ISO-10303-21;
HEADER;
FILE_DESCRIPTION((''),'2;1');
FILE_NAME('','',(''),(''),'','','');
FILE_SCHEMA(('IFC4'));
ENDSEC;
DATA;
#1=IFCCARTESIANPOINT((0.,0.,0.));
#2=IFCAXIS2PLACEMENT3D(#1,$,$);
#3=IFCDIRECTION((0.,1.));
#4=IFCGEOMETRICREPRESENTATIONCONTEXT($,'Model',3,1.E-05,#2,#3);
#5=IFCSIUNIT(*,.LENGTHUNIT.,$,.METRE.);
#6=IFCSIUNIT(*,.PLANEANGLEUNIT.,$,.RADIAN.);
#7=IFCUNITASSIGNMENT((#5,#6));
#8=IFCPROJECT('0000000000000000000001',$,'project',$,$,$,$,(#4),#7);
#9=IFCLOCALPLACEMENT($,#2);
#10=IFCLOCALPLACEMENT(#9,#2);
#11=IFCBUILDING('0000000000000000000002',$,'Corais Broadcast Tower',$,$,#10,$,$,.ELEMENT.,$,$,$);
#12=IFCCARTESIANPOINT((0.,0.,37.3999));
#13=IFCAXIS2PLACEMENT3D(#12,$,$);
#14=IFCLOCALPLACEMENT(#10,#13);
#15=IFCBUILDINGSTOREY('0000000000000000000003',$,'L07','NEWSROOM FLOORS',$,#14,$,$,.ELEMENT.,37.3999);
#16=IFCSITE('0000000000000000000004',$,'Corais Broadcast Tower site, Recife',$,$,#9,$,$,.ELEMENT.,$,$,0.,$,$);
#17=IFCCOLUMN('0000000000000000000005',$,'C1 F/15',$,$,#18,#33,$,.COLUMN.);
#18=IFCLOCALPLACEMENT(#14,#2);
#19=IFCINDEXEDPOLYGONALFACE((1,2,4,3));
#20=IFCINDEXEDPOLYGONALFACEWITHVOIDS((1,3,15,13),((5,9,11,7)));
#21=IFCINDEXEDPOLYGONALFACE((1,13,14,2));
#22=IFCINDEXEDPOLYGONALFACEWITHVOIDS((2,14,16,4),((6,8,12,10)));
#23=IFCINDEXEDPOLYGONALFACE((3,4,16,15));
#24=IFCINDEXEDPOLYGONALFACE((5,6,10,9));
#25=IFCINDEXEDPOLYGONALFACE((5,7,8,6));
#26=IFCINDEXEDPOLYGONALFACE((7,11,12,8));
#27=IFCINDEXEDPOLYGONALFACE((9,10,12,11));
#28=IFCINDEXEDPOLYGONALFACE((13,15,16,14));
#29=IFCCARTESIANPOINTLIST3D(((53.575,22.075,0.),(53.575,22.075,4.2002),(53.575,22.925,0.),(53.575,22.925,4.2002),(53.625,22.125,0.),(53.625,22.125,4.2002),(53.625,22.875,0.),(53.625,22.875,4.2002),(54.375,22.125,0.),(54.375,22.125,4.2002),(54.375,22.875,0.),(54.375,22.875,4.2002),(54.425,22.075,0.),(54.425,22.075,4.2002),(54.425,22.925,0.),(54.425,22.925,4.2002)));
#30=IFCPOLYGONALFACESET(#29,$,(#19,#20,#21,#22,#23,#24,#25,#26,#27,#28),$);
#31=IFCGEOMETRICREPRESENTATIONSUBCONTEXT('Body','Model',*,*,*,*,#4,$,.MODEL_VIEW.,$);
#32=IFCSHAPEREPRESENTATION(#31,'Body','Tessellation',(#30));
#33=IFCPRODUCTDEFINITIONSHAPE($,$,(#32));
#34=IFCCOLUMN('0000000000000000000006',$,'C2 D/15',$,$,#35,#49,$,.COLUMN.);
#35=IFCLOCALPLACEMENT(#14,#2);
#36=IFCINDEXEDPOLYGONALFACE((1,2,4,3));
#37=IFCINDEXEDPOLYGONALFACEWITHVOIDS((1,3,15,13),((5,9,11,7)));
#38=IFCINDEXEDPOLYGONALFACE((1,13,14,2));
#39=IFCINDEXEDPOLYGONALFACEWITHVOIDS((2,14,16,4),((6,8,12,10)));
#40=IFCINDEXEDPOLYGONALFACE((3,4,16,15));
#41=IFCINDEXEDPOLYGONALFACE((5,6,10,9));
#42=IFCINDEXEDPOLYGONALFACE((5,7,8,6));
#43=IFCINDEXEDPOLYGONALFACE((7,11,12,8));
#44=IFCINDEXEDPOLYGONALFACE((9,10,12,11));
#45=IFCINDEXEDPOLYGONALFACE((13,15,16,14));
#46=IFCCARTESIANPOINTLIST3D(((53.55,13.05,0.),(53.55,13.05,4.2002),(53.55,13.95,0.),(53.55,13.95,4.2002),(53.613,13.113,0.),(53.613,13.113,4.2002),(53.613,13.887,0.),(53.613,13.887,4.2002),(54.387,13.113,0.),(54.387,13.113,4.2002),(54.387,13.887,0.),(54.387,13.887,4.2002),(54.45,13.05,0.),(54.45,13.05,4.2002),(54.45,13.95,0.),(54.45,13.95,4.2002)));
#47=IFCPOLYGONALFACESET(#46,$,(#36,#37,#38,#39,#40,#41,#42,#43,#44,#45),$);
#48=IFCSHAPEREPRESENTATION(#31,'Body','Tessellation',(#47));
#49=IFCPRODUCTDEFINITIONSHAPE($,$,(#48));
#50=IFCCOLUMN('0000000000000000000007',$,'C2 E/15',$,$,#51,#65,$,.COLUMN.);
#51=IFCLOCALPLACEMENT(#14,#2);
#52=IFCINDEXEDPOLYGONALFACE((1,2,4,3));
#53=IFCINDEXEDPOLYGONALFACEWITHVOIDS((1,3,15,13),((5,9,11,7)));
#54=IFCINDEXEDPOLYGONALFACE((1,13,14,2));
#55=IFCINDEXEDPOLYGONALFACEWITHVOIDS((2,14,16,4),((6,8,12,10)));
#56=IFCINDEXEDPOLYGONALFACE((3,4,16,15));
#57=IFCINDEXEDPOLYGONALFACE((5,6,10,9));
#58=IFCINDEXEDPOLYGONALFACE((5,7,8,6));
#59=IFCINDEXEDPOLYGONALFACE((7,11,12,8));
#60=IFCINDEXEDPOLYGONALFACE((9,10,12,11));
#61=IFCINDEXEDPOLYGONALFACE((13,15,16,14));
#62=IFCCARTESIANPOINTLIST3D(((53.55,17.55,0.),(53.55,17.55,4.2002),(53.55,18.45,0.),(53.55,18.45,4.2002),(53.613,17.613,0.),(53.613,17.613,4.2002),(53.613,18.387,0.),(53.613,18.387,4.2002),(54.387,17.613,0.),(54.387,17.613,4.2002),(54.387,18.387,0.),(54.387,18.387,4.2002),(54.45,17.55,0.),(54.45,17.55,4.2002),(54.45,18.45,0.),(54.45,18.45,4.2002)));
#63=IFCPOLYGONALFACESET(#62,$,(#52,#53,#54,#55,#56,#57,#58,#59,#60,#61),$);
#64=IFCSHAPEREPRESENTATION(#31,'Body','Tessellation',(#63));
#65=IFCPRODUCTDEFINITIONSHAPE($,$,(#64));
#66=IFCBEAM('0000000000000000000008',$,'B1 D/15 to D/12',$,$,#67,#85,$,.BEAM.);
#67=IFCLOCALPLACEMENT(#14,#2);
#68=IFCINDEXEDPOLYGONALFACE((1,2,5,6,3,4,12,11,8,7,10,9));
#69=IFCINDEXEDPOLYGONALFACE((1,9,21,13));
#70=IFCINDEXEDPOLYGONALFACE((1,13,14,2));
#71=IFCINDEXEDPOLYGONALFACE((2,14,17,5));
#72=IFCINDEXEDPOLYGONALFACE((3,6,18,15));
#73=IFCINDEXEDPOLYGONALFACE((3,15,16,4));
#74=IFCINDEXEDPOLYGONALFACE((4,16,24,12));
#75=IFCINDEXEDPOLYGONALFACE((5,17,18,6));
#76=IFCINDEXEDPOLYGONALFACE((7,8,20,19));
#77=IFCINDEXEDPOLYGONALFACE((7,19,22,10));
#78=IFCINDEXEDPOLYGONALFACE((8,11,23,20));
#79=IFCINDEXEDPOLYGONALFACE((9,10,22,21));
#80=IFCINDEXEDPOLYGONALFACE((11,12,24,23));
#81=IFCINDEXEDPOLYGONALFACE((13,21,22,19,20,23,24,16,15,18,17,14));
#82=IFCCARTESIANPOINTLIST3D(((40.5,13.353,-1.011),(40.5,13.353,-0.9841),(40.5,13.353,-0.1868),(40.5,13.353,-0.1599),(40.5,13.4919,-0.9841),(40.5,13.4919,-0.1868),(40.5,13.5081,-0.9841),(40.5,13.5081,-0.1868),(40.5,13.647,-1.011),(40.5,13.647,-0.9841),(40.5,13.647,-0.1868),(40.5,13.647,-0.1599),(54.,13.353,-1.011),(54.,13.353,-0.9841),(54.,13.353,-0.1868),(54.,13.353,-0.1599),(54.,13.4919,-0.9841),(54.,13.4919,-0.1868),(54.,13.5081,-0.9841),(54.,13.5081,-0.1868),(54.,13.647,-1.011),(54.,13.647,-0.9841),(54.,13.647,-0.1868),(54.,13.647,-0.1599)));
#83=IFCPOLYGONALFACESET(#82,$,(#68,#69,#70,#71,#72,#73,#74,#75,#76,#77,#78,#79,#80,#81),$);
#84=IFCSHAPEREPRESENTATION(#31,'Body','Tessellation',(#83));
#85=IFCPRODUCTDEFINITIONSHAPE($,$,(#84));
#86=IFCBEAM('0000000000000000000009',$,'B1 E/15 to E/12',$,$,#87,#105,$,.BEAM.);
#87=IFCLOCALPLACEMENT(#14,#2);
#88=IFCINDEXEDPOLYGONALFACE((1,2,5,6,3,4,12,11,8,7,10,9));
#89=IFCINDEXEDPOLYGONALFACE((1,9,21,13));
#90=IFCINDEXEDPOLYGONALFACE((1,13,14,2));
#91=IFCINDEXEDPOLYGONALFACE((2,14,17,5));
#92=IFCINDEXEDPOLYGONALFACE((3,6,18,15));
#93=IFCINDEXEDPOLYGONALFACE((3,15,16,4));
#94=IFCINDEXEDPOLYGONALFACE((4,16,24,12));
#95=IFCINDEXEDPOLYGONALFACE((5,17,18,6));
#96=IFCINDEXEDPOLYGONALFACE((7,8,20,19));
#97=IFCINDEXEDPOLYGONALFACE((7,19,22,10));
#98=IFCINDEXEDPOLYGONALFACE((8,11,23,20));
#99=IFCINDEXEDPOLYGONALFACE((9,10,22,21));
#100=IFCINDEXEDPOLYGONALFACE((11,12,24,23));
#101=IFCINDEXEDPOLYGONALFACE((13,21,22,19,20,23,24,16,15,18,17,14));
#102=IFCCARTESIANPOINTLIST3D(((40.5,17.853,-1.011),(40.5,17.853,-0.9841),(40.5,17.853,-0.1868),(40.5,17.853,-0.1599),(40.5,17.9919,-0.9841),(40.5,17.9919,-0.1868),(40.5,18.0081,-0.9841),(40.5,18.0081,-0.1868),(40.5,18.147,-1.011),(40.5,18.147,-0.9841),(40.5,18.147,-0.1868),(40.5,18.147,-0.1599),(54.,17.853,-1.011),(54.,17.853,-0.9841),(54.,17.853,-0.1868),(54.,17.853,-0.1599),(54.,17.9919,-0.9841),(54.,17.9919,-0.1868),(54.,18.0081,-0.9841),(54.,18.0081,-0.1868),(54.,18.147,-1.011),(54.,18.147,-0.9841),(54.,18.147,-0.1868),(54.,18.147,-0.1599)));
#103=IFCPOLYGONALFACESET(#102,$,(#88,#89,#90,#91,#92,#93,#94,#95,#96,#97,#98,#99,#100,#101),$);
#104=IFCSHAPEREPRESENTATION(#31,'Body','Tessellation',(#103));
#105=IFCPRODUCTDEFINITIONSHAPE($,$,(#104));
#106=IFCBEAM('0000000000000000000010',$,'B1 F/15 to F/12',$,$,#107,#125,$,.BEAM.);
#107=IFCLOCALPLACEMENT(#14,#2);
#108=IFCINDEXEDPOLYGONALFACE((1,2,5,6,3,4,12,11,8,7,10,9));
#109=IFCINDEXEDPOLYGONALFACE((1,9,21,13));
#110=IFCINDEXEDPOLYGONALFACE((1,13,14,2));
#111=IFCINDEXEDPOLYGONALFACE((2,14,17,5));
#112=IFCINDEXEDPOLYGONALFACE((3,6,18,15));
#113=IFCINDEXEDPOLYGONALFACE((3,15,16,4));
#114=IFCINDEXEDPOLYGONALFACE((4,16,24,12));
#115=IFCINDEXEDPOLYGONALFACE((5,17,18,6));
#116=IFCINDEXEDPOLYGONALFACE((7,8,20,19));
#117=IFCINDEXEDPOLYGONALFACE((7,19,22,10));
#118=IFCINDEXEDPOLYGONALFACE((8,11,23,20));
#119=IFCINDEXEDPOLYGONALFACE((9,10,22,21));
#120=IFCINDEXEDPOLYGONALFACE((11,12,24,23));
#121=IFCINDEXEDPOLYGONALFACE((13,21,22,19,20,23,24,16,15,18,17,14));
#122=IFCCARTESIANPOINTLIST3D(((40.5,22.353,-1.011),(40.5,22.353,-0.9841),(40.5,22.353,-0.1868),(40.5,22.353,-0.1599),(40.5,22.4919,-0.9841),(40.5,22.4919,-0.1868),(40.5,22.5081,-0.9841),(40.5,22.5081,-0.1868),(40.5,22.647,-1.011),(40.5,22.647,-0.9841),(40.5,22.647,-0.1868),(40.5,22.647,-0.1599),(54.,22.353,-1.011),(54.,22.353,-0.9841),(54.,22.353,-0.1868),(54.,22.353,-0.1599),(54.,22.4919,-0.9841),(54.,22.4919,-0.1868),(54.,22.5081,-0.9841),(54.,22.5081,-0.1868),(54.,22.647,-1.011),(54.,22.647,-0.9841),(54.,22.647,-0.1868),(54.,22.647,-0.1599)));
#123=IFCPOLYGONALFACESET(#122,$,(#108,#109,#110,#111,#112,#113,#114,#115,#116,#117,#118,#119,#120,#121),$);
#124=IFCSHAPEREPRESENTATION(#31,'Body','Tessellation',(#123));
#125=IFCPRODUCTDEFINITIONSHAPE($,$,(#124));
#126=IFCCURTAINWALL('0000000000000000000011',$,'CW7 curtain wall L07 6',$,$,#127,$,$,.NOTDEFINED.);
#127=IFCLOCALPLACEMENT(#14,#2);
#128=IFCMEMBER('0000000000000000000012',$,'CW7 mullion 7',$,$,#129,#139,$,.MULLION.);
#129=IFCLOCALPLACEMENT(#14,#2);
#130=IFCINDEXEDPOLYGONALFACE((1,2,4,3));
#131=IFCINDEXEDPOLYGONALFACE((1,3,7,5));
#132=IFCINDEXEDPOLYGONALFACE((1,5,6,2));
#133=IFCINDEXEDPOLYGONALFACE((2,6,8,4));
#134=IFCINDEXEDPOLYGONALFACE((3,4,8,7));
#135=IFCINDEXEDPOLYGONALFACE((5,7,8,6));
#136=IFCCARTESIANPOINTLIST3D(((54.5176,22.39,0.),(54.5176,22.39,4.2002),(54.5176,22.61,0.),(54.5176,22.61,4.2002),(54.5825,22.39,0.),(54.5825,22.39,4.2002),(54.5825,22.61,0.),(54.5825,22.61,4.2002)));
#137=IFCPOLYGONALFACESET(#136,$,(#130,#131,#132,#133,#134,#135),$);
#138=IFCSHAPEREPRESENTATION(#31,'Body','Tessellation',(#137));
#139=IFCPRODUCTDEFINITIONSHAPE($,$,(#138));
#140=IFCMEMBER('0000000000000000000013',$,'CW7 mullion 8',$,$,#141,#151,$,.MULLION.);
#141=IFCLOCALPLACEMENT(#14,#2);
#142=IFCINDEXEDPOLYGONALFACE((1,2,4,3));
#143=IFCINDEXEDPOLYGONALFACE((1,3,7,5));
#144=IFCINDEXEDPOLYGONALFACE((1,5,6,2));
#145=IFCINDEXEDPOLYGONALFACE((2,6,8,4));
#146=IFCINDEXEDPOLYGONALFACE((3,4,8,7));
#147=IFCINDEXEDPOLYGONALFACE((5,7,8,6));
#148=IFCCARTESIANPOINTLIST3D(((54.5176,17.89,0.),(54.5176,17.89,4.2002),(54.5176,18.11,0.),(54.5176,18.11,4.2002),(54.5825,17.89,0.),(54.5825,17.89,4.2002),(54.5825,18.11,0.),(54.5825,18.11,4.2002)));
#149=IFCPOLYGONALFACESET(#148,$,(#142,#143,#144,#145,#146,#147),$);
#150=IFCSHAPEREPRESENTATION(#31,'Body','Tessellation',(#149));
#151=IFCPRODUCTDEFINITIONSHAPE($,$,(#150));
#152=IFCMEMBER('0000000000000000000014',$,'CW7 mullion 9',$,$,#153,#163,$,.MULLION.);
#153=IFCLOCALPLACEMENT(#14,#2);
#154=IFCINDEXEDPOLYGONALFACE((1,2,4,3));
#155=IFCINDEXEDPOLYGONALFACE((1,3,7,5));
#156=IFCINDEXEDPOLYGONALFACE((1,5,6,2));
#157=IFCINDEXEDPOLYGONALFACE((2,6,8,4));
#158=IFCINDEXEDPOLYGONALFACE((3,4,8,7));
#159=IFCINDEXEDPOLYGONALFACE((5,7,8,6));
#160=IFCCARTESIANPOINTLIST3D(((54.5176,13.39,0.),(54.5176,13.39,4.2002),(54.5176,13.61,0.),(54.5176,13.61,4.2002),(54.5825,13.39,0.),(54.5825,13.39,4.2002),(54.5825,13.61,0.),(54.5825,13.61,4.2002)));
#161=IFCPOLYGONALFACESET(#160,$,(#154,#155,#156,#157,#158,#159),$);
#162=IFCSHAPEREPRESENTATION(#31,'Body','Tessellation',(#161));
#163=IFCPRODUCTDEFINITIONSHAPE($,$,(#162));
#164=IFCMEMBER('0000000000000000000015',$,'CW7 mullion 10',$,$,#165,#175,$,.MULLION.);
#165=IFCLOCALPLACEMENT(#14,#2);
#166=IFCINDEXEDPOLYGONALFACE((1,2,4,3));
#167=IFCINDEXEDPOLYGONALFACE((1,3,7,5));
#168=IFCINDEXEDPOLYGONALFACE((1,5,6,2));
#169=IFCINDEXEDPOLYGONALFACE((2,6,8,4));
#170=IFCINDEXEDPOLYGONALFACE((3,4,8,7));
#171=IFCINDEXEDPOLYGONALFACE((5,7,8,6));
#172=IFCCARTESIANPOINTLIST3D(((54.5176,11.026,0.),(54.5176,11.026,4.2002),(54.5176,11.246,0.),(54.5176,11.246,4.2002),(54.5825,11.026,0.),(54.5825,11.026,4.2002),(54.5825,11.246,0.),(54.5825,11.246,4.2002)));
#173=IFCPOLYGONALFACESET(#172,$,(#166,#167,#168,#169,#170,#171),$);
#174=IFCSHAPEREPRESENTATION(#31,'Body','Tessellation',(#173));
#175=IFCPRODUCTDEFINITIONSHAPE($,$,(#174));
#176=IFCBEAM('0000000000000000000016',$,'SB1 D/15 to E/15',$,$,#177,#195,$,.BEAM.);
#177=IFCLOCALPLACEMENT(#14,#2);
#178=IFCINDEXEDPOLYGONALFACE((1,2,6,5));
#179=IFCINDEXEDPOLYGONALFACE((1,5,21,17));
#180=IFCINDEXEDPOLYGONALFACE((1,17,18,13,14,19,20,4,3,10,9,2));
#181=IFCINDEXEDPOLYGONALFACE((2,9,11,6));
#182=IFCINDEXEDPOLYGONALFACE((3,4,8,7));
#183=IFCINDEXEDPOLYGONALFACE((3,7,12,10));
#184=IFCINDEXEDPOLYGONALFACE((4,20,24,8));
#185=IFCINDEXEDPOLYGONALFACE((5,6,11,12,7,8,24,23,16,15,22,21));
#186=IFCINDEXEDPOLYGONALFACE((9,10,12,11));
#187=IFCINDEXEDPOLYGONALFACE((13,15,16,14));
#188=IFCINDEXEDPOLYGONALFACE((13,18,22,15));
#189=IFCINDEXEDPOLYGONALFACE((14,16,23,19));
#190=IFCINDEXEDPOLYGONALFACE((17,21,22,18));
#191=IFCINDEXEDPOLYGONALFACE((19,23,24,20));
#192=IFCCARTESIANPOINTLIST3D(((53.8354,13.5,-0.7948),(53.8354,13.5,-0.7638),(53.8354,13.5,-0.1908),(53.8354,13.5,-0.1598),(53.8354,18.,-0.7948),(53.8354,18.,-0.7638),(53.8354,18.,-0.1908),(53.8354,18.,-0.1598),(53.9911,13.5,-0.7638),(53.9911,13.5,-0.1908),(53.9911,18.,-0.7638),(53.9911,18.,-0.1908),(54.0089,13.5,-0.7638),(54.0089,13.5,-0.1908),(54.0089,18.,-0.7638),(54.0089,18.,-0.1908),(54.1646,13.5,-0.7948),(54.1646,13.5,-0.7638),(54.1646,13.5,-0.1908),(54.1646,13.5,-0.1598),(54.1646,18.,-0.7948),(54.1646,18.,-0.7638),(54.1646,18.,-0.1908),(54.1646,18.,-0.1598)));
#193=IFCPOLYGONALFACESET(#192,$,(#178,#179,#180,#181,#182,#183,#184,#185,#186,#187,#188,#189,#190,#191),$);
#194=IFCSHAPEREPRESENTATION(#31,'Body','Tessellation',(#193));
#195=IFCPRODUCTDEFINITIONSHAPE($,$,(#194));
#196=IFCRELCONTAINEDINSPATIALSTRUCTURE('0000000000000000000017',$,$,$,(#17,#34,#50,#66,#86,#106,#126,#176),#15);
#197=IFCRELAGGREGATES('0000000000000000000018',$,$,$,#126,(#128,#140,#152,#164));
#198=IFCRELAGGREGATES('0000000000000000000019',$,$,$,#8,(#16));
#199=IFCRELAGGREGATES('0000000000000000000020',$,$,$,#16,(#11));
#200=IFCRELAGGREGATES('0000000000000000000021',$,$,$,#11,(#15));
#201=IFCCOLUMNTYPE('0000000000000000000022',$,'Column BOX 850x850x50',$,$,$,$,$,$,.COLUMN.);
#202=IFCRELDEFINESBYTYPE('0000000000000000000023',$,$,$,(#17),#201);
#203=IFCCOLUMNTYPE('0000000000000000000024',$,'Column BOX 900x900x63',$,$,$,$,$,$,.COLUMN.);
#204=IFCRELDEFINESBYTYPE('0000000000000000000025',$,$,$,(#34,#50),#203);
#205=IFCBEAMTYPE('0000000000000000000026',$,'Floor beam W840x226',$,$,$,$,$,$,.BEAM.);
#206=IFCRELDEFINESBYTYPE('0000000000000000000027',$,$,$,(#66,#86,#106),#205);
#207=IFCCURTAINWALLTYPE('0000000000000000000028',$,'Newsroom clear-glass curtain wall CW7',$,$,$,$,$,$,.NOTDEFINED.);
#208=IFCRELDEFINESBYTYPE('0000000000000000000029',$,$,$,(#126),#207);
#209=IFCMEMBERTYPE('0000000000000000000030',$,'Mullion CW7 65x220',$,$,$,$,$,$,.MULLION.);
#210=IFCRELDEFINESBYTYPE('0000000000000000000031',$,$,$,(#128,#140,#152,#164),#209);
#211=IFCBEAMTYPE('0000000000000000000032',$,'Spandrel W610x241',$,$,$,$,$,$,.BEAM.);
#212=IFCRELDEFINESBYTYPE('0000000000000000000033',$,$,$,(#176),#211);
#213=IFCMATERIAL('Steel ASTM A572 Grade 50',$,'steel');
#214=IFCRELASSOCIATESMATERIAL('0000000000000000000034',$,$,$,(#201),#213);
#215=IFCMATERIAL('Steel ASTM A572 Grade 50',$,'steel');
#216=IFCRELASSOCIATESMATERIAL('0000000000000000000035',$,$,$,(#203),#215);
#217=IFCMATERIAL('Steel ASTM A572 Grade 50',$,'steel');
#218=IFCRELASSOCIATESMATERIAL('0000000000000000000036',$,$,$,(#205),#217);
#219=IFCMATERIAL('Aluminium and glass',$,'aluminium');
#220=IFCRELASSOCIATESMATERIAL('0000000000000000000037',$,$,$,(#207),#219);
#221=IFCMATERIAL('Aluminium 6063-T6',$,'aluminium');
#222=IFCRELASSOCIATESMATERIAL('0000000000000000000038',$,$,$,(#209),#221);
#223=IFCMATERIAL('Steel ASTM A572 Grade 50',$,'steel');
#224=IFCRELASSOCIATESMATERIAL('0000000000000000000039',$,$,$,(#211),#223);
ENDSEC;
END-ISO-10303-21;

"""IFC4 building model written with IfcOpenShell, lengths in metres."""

from ifc_helpers import new_model, si_unit, direction, frame, origin, origin_2d, place, context, subcontext, project, spatial, rectangle, hollow_rectangle, i_section, extrude, material, material_profile, profile_set, type_object, element, aggregate, save


model = new_model("IFC4")

# Units and contexts
model_context = context("Model", 3, precision=1e-05, world=origin(), true_north=direction((0.0, 1.0)))
body_context = subcontext(model_context, "Body", "Model", "MODEL_VIEW")
ifc_project = project(units=[si_unit("LENGTHUNIT", "METRE"), si_unit("PLANEANGLEUNIT", "RADIAN")], contexts=[model_context])

# Site, building, storey
site_placement = place(None, origin())
site = spatial("IfcSite", under=ifc_project, at=site_placement, Name="Corais Broadcast Tower site, Recife", CompositionType="ELEMENT", RefElevation=0.0)
building_placement = place(site_placement, origin())
building = spatial("IfcBuilding", under=site, at=building_placement, Name="Corais Broadcast Tower", CompositionType="ELEMENT")
storey_placement = place(building_placement, frame((0.0, 0.0, 37.3999)))
storey = spatial("IfcBuildingStorey", under=building, at=storey_placement, Name="L07", Description="NEWSROOM FLOORS", CompositionType="ELEMENT", Elevation=37.3999)

# Columns
ifc_material_1 = material(Name="Steel ASTM A572 Grade 50", Category="steel")
ifc_material_profile_1 = material_profile(ifc_material_1, hollow_rectangle(XDim=0.8501, YDim=0.8501, WallThickness=0.05, at=origin_2d()), Name="BOX 850x850x50")
ifc_profile_set_1 = profile_set([ifc_material_profile_1], Name="Steel ASTM A572 Grade 50")
column_type_1 = type_object("IfcColumnType", Name="Column BOX 850x850x50", PredefinedType="COLUMN", material=ifc_profile_set_1)
column_placement = place(storey_placement, frame((54.0, 22.5, 0.0), z_axis=(0.0, 0.0, 1.0), x_axis=(1.0, 0.0, 0.0)))
element("IfcColumn", 1, at=column_placement, inside=storey, type_object=column_type_1, Name="C1 F/15", PredefinedType="COLUMN", context=body_context, shape_type="SweptSolid", body=[
    extrude(hollow_rectangle(XDim=0.8501, YDim=0.8501, WallThickness=0.05, at=origin_2d()), origin(), (0.0, 0.0, 1.0), 4.2002),
])
ifc_material_2 = material(Name="Steel ASTM A572 Grade 50", Category="steel")
ifc_material_profile_2 = material_profile(ifc_material_2, hollow_rectangle(XDim=0.8999, YDim=0.8999, WallThickness=0.063, at=origin_2d()), Name="BOX 900x900x63")
ifc_profile_set_2 = profile_set([ifc_material_profile_2], Name="Steel ASTM A572 Grade 50")
column_type_2 = type_object("IfcColumnType", Name="Column BOX 900x900x63", PredefinedType="COLUMN", material=ifc_profile_set_2)
for number, where, z_axis, x_axis, name in (
    (2, (54.0, 13.5, 0.0), (0.0, 0.0, 1.0), (1.0, 0.0, 0.0), "C2 D/15"),
    (3, (54.0, 18.0, 0.0), (0.0, 0.0, 1.0), (1.0, 0.0, 0.0), "C2 E/15"),
):
    element("IfcColumn", number, at=place(storey_placement, frame(where, z_axis=z_axis, x_axis=x_axis)), inside=storey, type_object=column_type_2, Name=name, PredefinedType="COLUMN", context=body_context, shape_type="SweptSolid", body=[
        extrude(hollow_rectangle(XDim=0.8999, YDim=0.8999, WallThickness=0.063, at=origin_2d()), origin(), (0.0, 0.0, 1.0), 4.2002),
    ])

# Beams
ifc_material_3 = material(Name="Steel ASTM A572 Grade 50", Category="steel")
ifc_material_profile_3 = material_profile(ifc_material_3, i_section(OverallWidth=0.2939, OverallDepth=0.8511, WebThickness=0.0161, FlangeThickness=0.0269, at=origin_2d()), Name="W840x226")
ifc_profile_set_3 = profile_set([ifc_material_profile_3], Name="Steel ASTM A572 Grade 50")
beam_type_1 = type_object("IfcBeamType", Name="Floor beam W840x226", PredefinedType="BEAM", material=ifc_profile_set_3)
for number, where, z_axis, x_axis, name in (
    (4, (54.0, 13.5, -0.5854), (-1.0, 0.0, 0.0), (0.0, -1.0, 0.0), "B1 D/15 to D/12"),
    (5, (54.0, 18.0, -0.5854), (-1.0, 0.0, 0.0), (0.0, -1.0, 0.0), "B1 E/15 to E/12"),
    (6, (54.0, 22.5, -0.5854), (-1.0, 0.0, 0.0), (0.0, -1.0, 0.0), "B1 F/15 to F/12"),
):
    element("IfcBeam", number, at=place(storey_placement, frame(where, z_axis=z_axis, x_axis=x_axis)), inside=storey, type_object=beam_type_1, Name=name, PredefinedType="BEAM", context=body_context, shape_type="SweptSolid", body=[
        extrude(i_section(OverallWidth=0.2939, OverallDepth=0.8511, WebThickness=0.0161, FlangeThickness=0.0269, at=origin_2d()), origin(), (0.0, 0.0, 1.0), 13.5),
    ])

# Curtain wall, members
ifc_material_4 = material(Name="Aluminium and glass", Category="aluminium")
curtain_wall_type = type_object("IfcCurtainWallType", Name="Newsroom clear-glass curtain wall CW7", PredefinedType="NOTDEFINED", material=ifc_material_4)
curtain_wall_placement = place(storey_placement, origin())
curtain_wall = element("IfcCurtainWall", 7, at=curtain_wall_placement, inside=storey, type_object=curtain_wall_type, Name="CW7 curtain wall L07 6", PredefinedType="NOTDEFINED")
ifc_material_5 = material(Name="Aluminium 6063-T6", Category="aluminium")
ifc_material_profile_4 = material_profile(ifc_material_5, rectangle(XDim=0.0649, YDim=0.22, at=origin_2d()), Name="Mullion CW7 65x220")
ifc_profile_set_4 = profile_set([ifc_material_profile_4], Name="Aluminium 6063-T6")
member_type_1 = type_object("IfcMemberType", Name="Mullion CW7 65x220", PredefinedType="MULLION", material=ifc_profile_set_4)
member_1_placement = place(storey_placement, frame((54.55, 22.5, 0.0), z_axis=(0.0, 0.0, 1.0), x_axis=(1.0, 0.0, 0.0)))
member_1 = element("IfcMember", 8, at=member_1_placement, type_object=member_type_1, Name="CW7 mullion 7", PredefinedType="MULLION", context=body_context, shape_type="SweptSolid", body=[
    extrude(rectangle(XDim=0.0649, YDim=0.22, at=origin_2d()), origin(), (0.0, 0.0, 1.0), 4.2002),
])
member_2_placement = place(storey_placement, frame((54.55, 18.0, 0.0), z_axis=(0.0, 0.0, 1.0), x_axis=(1.0, 0.0, 0.0)))
member_2 = element("IfcMember", 9, at=member_2_placement, type_object=member_type_1, Name="CW7 mullion 8", PredefinedType="MULLION", context=body_context, shape_type="SweptSolid", body=[
    extrude(rectangle(XDim=0.0649, YDim=0.22, at=origin_2d()), origin(), (0.0, 0.0, 1.0), 4.2002),
])
member_3_placement = place(storey_placement, frame((54.55, 13.5, 0.0), z_axis=(0.0, 0.0, 1.0), x_axis=(1.0, 0.0, 0.0)))
member_3 = element("IfcMember", 10, at=member_3_placement, type_object=member_type_1, Name="CW7 mullion 9", PredefinedType="MULLION", context=body_context, shape_type="SweptSolid", body=[
    extrude(rectangle(XDim=0.0649, YDim=0.22, at=origin_2d()), origin(), (0.0, 0.0, 1.0), 4.2002),
])
member_4_placement = place(storey_placement, frame((54.55, 11.136, 0.0), z_axis=(0.0, 0.0, 1.0), x_axis=(1.0, 0.0, 0.0)))
member_4 = element("IfcMember", 11, at=member_4_placement, type_object=member_type_1, Name="CW7 mullion 10", PredefinedType="MULLION", context=body_context, shape_type="SweptSolid", body=[
    extrude(rectangle(XDim=0.0649, YDim=0.22, at=origin_2d()), origin(), (0.0, 0.0, 1.0), 4.2002),
])

# Beam
ifc_material_6 = material(Name="Steel ASTM A572 Grade 50", Category="steel")
ifc_material_profile_5 = material_profile(ifc_material_6, i_section(OverallWidth=0.3291, OverallDepth=0.635, WebThickness=0.0178, FlangeThickness=0.031, at=origin_2d()), Name="W610x241")
ifc_profile_set_5 = profile_set([ifc_material_profile_5], Name="Steel ASTM A572 Grade 50")
beam_type_2 = type_object("IfcBeamType", Name="Spandrel W610x241", PredefinedType="BEAM", material=ifc_profile_set_5)
for number, where, z_axis, x_axis, name in (
    (12, (54.0, 13.5, -0.4773), (0.0, 1.0, 0.0), (-1.0, 0.0, 0.0), "SB1 D/15 to E/15"),
):
    element("IfcBeam", number, at=place(storey_placement, frame(where, z_axis=z_axis, x_axis=x_axis)), inside=storey, type_object=beam_type_2, Name=name, PredefinedType="BEAM", context=body_context, shape_type="SweptSolid", body=[
        extrude(i_section(OverallWidth=0.3291, OverallDepth=0.635, WebThickness=0.0178, FlangeThickness=0.031, at=origin_2d()), origin(), (0.0, 0.0, 1.0), 4.5),
    ])

aggregate(curtain_wall, [member_1, member_2, member_3, member_4])

save(model, "model.ifc")
